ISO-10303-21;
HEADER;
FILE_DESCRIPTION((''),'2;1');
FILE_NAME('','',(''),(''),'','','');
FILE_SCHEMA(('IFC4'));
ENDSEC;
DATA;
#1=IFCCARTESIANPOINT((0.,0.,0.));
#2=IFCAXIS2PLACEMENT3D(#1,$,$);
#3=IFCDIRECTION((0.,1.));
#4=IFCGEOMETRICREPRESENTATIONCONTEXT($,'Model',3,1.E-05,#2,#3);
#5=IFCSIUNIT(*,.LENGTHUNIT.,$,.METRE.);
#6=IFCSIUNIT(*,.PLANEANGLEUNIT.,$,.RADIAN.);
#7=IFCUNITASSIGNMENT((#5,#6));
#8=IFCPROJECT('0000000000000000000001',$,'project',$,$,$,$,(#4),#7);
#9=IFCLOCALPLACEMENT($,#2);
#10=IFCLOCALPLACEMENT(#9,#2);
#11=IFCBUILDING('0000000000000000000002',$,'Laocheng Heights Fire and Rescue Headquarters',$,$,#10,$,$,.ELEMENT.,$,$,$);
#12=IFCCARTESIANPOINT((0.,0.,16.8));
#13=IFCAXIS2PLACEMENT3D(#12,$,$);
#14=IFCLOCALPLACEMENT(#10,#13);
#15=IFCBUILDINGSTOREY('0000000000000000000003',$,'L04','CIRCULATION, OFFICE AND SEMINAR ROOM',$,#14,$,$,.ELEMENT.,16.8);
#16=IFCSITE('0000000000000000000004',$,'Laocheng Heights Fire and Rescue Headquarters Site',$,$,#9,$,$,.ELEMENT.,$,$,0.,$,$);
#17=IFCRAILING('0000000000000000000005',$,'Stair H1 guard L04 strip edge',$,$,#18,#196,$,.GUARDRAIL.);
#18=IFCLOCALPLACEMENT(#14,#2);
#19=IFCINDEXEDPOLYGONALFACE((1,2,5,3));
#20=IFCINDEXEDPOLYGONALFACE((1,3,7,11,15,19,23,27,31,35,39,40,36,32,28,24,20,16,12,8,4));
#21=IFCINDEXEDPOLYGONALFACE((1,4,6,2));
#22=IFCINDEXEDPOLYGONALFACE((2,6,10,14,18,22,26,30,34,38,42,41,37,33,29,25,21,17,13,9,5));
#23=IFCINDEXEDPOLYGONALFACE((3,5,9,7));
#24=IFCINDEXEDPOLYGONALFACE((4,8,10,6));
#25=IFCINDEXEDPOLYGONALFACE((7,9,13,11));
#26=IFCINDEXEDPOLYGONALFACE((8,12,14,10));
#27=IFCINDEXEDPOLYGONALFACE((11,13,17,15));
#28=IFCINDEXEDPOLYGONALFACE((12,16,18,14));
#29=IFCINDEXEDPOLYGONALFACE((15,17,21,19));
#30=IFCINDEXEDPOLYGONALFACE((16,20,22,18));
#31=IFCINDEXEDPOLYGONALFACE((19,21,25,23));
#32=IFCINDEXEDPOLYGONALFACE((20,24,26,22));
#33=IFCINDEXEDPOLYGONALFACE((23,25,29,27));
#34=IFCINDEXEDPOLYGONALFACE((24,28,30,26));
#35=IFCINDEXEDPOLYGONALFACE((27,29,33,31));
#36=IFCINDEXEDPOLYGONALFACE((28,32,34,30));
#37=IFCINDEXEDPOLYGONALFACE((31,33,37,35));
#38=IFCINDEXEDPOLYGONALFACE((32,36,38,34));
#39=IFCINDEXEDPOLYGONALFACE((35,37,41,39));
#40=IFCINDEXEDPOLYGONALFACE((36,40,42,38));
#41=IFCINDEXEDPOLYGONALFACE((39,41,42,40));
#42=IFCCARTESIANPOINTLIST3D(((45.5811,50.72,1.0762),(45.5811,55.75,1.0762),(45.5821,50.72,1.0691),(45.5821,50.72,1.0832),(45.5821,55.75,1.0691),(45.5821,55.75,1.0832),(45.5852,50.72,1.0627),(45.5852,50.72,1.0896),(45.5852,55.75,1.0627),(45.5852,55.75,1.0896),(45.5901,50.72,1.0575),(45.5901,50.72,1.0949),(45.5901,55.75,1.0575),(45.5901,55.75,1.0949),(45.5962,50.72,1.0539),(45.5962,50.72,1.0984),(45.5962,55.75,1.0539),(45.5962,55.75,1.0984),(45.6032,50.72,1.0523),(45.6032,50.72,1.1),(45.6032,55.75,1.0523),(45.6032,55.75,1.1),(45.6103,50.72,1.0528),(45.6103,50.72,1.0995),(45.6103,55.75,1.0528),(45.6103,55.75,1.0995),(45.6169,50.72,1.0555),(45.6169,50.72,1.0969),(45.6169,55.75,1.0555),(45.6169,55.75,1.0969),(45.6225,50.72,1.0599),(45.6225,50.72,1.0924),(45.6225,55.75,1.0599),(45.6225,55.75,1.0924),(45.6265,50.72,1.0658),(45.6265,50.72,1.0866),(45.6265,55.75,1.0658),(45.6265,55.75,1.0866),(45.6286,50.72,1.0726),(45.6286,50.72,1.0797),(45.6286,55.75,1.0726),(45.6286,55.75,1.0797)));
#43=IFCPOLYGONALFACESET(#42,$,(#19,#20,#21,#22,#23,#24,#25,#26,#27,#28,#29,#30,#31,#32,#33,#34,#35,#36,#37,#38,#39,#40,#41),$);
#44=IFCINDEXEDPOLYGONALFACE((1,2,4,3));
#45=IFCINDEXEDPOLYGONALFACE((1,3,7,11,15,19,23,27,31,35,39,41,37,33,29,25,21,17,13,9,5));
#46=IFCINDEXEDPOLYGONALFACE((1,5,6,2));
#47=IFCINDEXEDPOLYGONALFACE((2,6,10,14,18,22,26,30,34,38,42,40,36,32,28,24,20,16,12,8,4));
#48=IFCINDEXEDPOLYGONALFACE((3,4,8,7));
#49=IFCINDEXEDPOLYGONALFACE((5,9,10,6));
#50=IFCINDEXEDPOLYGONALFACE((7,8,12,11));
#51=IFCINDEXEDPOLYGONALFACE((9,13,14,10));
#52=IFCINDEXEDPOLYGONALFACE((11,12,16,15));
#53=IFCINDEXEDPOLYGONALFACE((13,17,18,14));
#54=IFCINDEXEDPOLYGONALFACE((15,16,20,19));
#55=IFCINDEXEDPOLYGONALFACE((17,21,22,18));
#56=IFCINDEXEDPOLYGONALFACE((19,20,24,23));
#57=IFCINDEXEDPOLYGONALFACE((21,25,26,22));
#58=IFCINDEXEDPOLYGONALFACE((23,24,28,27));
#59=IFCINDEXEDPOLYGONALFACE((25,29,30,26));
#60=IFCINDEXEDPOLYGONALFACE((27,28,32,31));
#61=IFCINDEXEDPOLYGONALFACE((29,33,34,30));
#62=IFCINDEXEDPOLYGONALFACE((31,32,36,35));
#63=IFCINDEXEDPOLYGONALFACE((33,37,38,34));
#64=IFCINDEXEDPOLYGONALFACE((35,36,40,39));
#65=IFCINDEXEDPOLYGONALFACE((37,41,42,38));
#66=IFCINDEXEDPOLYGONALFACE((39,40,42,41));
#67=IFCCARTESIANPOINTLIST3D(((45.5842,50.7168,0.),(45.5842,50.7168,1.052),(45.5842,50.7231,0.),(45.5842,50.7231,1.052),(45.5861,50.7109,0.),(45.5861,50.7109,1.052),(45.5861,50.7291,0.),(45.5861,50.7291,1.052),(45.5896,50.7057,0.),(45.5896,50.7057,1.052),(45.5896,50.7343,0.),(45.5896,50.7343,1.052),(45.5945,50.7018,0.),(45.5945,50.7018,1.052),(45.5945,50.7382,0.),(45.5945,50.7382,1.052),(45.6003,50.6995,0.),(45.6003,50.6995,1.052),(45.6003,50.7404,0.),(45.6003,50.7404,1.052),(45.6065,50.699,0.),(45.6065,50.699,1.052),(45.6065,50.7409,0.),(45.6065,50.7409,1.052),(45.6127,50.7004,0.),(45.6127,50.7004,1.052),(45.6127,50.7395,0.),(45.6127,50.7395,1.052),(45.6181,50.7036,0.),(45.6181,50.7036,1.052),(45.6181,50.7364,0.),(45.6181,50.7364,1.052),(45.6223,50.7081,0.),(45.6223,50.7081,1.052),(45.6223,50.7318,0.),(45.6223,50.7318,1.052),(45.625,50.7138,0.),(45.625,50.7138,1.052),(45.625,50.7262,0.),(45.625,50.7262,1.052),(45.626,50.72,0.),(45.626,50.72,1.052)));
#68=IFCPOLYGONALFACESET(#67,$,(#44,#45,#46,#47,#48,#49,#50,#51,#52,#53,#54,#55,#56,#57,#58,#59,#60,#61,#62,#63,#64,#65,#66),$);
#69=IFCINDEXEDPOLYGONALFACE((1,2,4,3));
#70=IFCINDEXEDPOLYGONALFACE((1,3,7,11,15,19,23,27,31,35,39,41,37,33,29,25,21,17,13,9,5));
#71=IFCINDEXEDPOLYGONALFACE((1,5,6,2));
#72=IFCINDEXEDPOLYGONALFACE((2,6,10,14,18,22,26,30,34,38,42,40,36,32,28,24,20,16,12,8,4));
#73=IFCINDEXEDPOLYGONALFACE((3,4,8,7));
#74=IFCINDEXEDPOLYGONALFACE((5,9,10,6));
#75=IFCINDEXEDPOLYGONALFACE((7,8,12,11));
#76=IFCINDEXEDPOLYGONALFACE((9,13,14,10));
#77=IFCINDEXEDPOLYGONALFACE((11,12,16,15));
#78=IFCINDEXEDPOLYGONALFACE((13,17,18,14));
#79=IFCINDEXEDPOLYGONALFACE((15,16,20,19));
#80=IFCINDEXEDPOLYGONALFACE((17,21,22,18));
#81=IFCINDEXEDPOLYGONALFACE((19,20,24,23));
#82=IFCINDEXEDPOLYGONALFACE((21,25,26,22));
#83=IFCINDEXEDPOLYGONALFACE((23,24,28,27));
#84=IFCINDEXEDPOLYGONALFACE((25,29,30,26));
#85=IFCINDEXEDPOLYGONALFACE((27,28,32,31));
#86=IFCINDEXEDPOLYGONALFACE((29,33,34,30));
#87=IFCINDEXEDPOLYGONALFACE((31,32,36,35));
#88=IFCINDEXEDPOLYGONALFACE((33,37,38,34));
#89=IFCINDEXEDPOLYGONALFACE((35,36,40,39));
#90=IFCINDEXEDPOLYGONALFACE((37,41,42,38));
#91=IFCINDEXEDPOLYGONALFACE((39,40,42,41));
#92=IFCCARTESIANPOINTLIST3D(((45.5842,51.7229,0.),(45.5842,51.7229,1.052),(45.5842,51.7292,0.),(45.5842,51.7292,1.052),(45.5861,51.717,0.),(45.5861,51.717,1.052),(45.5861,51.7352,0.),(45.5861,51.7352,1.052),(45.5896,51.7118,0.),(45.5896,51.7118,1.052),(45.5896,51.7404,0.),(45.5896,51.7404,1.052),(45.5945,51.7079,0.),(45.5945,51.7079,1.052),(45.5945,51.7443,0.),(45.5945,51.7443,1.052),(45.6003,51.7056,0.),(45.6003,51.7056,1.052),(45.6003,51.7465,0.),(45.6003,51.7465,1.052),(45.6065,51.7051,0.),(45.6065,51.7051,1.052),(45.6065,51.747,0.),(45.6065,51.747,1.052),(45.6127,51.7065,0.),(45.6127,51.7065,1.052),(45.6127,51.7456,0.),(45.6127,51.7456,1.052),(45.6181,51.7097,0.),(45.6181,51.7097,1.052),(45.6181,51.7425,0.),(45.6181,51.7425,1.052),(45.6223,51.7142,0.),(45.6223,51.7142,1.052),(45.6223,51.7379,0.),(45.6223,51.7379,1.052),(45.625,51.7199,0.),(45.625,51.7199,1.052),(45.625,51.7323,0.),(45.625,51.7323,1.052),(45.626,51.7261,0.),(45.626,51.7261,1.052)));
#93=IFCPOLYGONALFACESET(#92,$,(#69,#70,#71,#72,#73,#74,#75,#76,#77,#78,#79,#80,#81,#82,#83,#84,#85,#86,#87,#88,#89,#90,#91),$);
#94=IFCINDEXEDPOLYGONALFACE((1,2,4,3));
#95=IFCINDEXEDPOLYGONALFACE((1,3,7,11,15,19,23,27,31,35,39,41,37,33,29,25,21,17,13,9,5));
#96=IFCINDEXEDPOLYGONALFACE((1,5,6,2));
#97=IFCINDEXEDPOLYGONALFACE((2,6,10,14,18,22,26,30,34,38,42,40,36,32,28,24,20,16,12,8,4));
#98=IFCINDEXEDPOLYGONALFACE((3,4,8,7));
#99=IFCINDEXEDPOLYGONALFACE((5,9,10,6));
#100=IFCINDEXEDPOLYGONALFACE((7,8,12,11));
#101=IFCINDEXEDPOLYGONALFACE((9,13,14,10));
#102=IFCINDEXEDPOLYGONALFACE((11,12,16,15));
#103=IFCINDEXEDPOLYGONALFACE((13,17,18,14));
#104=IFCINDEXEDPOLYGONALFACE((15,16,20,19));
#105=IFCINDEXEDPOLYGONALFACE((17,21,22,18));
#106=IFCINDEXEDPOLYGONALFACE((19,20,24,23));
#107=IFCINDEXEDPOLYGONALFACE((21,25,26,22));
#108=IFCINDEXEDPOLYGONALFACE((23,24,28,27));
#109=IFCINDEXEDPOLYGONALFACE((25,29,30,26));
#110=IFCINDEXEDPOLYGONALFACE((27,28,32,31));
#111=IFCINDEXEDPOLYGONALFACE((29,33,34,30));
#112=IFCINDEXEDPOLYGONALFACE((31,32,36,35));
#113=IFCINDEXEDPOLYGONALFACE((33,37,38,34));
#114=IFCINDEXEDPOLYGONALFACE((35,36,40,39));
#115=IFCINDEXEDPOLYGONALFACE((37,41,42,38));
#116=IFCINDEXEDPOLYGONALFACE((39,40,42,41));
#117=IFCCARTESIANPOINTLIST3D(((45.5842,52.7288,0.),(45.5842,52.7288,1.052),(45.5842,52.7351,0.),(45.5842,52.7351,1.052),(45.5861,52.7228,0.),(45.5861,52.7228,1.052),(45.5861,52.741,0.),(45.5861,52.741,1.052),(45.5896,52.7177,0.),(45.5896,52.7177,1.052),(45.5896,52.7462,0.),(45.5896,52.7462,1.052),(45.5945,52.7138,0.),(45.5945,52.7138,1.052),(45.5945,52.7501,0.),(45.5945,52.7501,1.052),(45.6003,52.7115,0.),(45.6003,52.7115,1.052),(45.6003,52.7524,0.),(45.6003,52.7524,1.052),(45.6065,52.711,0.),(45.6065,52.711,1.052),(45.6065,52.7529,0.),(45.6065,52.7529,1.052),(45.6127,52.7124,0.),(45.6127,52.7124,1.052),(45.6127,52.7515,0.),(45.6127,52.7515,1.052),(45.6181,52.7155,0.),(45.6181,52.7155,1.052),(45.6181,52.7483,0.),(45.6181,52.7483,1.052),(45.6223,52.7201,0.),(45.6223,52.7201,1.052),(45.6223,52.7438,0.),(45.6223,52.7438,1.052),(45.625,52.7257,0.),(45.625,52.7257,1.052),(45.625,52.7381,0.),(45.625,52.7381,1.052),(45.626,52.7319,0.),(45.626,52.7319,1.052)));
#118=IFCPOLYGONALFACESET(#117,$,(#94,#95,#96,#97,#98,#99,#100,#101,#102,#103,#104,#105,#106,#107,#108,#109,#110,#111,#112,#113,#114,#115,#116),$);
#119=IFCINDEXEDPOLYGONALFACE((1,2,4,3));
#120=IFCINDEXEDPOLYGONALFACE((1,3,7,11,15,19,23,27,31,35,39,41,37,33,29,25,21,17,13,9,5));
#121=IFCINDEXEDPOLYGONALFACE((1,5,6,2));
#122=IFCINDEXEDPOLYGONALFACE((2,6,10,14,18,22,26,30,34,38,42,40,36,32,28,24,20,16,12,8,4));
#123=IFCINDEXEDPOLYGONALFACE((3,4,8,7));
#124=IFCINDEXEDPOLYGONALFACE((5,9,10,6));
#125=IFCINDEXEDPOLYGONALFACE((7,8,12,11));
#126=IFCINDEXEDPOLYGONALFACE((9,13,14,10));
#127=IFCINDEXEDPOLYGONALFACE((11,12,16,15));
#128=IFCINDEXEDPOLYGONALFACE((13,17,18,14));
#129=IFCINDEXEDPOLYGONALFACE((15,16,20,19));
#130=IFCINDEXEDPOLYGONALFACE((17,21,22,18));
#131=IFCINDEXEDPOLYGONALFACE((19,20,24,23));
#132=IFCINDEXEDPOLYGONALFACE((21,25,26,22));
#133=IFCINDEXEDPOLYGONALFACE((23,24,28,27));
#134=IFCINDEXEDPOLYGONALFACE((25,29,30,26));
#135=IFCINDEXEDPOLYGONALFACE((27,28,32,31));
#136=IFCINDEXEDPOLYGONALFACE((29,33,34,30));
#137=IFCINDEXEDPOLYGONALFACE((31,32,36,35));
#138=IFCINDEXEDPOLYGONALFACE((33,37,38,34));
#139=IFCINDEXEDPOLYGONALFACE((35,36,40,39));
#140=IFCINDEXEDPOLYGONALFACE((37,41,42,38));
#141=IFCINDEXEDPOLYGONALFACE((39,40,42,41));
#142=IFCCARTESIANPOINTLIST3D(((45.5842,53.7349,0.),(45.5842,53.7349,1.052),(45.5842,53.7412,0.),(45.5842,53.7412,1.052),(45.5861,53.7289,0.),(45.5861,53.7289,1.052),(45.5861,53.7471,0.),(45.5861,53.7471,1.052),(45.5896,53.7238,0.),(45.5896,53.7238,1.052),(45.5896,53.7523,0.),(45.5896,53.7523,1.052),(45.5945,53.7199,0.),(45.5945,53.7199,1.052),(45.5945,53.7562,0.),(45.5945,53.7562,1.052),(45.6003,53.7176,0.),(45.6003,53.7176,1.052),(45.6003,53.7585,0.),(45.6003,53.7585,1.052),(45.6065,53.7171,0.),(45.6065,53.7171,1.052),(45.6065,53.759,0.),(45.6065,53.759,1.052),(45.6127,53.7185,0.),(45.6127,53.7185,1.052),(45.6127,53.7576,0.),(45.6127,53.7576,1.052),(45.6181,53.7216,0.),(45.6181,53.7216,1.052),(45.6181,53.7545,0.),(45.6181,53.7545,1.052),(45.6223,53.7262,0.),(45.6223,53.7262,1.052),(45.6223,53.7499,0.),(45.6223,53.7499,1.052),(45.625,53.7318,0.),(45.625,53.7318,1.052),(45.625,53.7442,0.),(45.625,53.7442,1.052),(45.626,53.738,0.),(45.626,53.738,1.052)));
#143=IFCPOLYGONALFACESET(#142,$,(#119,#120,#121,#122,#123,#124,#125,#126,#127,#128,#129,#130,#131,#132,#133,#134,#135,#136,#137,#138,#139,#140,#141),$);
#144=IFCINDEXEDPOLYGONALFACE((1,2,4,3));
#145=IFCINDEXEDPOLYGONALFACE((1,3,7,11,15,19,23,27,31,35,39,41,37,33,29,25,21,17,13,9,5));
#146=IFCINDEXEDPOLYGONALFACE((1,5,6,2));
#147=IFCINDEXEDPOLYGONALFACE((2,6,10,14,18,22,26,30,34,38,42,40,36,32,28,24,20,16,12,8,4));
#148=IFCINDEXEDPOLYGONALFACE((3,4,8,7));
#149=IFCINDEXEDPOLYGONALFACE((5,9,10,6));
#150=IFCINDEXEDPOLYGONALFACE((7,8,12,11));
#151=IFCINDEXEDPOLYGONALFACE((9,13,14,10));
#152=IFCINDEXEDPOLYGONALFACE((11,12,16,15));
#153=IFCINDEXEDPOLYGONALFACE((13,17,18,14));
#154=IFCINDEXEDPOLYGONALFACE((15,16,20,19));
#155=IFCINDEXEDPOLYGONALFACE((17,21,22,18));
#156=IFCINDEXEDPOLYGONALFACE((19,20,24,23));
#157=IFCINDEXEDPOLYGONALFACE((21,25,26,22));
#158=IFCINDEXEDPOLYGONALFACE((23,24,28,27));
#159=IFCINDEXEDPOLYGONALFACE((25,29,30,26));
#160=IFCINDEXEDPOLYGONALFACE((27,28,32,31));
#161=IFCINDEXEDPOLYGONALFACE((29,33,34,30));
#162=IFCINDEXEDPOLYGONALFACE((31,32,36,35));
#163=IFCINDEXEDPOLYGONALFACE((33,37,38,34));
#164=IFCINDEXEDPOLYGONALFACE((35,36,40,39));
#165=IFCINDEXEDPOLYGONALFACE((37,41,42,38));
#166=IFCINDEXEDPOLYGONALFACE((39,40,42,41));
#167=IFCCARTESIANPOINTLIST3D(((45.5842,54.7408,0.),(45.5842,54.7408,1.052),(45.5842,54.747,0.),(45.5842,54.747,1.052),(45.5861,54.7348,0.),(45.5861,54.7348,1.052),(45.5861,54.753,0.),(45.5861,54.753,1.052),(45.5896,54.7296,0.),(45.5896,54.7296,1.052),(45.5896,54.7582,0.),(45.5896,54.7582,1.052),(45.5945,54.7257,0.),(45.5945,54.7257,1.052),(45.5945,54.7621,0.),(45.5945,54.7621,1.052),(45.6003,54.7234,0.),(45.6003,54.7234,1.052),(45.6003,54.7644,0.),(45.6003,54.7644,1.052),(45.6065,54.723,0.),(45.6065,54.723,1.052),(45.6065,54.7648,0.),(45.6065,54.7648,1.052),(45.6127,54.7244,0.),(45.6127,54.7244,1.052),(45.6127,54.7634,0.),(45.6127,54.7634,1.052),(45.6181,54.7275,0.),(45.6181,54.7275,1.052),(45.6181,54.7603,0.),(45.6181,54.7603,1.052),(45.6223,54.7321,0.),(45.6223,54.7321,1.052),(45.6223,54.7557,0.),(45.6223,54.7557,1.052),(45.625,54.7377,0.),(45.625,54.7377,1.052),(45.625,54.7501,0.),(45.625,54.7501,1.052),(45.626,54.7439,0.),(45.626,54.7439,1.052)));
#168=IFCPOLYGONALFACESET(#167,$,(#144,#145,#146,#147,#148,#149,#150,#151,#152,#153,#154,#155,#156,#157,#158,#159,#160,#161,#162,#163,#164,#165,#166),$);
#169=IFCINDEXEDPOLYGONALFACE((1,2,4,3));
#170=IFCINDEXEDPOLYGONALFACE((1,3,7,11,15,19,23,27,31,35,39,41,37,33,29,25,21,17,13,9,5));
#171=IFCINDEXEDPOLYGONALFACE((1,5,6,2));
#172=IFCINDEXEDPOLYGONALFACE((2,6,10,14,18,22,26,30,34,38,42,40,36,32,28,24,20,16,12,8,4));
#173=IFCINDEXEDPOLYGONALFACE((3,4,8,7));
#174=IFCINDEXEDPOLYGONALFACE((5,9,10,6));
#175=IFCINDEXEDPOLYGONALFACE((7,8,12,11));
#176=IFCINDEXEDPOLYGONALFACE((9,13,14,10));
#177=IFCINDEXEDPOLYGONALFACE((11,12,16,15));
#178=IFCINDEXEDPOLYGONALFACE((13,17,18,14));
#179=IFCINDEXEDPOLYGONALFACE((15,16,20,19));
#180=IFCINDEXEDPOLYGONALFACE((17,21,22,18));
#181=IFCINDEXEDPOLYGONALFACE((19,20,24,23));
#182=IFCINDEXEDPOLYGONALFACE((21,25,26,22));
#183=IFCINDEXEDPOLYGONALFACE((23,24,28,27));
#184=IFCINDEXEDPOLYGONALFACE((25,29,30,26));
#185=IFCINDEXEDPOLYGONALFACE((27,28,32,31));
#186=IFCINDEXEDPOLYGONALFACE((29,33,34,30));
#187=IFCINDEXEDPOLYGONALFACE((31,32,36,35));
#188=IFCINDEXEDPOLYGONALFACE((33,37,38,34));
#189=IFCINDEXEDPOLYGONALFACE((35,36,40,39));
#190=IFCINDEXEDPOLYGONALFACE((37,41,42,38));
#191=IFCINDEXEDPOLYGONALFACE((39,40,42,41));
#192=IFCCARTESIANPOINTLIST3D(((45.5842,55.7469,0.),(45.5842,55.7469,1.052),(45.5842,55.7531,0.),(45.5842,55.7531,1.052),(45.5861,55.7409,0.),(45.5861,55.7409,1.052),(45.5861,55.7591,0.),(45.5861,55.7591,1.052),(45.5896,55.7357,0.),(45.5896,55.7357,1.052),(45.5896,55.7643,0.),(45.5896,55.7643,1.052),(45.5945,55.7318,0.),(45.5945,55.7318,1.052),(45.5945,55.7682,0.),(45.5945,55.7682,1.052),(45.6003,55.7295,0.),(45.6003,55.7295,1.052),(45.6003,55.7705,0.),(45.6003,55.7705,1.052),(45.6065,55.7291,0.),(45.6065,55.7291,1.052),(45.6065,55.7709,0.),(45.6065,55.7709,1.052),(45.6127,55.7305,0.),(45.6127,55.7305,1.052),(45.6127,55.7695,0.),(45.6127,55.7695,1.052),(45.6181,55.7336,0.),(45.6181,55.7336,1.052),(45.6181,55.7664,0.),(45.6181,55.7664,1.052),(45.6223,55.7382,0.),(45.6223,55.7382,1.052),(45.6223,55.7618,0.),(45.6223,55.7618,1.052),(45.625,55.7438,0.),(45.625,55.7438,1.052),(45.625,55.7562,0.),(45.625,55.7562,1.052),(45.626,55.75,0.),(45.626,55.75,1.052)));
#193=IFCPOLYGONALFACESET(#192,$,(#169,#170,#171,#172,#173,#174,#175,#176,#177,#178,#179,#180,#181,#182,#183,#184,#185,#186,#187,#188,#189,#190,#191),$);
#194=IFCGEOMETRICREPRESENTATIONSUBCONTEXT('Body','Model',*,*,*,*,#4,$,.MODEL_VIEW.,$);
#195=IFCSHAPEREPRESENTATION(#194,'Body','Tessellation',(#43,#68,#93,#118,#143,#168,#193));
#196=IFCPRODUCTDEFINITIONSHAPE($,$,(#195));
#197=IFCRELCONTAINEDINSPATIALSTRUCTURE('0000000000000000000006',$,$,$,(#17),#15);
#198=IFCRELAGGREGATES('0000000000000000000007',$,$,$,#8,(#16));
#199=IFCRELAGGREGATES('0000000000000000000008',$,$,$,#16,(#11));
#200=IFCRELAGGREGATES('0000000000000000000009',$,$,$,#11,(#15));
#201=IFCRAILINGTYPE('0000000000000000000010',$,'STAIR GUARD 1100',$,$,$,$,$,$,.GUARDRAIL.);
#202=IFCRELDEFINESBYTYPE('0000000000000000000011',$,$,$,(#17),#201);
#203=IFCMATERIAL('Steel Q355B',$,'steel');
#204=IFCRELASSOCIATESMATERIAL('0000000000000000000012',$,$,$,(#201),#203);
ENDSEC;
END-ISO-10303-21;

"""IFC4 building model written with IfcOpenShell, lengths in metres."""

from ifc_helpers import new_model, si_unit, direction, frame, origin, origin_2d, place, context, subcontext, project, spatial, circle, extrude, material, type_object, element, save


model = new_model("IFC4")

# Units and contexts
model_context = context("Model", 3, precision=1e-05, world=origin(), true_north=direction((0.0, 1.0)))
body_context = subcontext(model_context, "Body", "Model", "MODEL_VIEW")
ifc_project = project(units=[si_unit("LENGTHUNIT", "METRE"), si_unit("PLANEANGLEUNIT", "RADIAN")], contexts=[model_context])

# Site, building, storey
site_placement = place(None, origin())
site = spatial("IfcSite", under=ifc_project, at=site_placement, Name="Laocheng Heights Fire and Rescue Headquarters Site", CompositionType="ELEMENT", RefElevation=0.0)
building_placement = place(site_placement, origin())
building = spatial("IfcBuilding", under=site, at=building_placement, Name="Laocheng Heights Fire and Rescue Headquarters", CompositionType="ELEMENT")
storey_placement = place(building_placement, frame((0.0, 0.0, 16.8)))
storey = spatial("IfcBuildingStorey", under=building, at=storey_placement, Name="L04", Description="CIRCULATION, OFFICE AND SEMINAR ROOM", CompositionType="ELEMENT", Elevation=16.8)

# Railing
ifc_material_1 = material(Name="Steel Q355B", Category="steel")
railing_type_1 = type_object("IfcRailingType", Name="STAIR GUARD 1100", PredefinedType="GUARDRAIL", material=ifc_material_1)
railing_1_placement = place(storey_placement, frame((45.605, 50.72, 0.0)))
element("IfcRailing", 1, at=railing_1_placement, inside=storey, type_object=railing_type_1, Name="Stair H1 guard L04 strip edge", PredefinedType="GUARDRAIL", context=body_context, shape_type="SweptSolid", body=[
    extrude(circle(Radius=0.0239, at=origin_2d()), frame((0.0, 0.0, 1.0762), z_axis=(0.0, 1.0, 0.0), x_axis=(-1.0, 0.0, 0.0)), (0.0, 0.0, 1.0), 5.03),
    extrude(circle(Radius=0.021, at=origin_2d()), origin(), (0.0, 0.0, 1.0), 1.052),
    extrude(circle(Radius=0.021, at=origin_2d()), frame((0.0, 1.0061, 0.0)), (0.0, 0.0, 1.0), 1.052),
    extrude(circle(Radius=0.021, at=origin_2d()), frame((0.0, 2.012, 0.0)), (0.0, 0.0, 1.0), 1.052),
    extrude(circle(Radius=0.021, at=origin_2d()), frame((0.0, 3.0181, 0.0)), (0.0, 0.0, 1.0), 1.052),
    extrude(circle(Radius=0.021, at=origin_2d()), frame((0.0, 4.0239, 0.0)), (0.0, 0.0, 1.0), 1.052),
    extrude(circle(Radius=0.021, at=origin_2d()), frame((0.0, 5.03, 0.0)), (0.0, 0.0, 1.0), 1.052),
])

save(model, "model.ifc")
